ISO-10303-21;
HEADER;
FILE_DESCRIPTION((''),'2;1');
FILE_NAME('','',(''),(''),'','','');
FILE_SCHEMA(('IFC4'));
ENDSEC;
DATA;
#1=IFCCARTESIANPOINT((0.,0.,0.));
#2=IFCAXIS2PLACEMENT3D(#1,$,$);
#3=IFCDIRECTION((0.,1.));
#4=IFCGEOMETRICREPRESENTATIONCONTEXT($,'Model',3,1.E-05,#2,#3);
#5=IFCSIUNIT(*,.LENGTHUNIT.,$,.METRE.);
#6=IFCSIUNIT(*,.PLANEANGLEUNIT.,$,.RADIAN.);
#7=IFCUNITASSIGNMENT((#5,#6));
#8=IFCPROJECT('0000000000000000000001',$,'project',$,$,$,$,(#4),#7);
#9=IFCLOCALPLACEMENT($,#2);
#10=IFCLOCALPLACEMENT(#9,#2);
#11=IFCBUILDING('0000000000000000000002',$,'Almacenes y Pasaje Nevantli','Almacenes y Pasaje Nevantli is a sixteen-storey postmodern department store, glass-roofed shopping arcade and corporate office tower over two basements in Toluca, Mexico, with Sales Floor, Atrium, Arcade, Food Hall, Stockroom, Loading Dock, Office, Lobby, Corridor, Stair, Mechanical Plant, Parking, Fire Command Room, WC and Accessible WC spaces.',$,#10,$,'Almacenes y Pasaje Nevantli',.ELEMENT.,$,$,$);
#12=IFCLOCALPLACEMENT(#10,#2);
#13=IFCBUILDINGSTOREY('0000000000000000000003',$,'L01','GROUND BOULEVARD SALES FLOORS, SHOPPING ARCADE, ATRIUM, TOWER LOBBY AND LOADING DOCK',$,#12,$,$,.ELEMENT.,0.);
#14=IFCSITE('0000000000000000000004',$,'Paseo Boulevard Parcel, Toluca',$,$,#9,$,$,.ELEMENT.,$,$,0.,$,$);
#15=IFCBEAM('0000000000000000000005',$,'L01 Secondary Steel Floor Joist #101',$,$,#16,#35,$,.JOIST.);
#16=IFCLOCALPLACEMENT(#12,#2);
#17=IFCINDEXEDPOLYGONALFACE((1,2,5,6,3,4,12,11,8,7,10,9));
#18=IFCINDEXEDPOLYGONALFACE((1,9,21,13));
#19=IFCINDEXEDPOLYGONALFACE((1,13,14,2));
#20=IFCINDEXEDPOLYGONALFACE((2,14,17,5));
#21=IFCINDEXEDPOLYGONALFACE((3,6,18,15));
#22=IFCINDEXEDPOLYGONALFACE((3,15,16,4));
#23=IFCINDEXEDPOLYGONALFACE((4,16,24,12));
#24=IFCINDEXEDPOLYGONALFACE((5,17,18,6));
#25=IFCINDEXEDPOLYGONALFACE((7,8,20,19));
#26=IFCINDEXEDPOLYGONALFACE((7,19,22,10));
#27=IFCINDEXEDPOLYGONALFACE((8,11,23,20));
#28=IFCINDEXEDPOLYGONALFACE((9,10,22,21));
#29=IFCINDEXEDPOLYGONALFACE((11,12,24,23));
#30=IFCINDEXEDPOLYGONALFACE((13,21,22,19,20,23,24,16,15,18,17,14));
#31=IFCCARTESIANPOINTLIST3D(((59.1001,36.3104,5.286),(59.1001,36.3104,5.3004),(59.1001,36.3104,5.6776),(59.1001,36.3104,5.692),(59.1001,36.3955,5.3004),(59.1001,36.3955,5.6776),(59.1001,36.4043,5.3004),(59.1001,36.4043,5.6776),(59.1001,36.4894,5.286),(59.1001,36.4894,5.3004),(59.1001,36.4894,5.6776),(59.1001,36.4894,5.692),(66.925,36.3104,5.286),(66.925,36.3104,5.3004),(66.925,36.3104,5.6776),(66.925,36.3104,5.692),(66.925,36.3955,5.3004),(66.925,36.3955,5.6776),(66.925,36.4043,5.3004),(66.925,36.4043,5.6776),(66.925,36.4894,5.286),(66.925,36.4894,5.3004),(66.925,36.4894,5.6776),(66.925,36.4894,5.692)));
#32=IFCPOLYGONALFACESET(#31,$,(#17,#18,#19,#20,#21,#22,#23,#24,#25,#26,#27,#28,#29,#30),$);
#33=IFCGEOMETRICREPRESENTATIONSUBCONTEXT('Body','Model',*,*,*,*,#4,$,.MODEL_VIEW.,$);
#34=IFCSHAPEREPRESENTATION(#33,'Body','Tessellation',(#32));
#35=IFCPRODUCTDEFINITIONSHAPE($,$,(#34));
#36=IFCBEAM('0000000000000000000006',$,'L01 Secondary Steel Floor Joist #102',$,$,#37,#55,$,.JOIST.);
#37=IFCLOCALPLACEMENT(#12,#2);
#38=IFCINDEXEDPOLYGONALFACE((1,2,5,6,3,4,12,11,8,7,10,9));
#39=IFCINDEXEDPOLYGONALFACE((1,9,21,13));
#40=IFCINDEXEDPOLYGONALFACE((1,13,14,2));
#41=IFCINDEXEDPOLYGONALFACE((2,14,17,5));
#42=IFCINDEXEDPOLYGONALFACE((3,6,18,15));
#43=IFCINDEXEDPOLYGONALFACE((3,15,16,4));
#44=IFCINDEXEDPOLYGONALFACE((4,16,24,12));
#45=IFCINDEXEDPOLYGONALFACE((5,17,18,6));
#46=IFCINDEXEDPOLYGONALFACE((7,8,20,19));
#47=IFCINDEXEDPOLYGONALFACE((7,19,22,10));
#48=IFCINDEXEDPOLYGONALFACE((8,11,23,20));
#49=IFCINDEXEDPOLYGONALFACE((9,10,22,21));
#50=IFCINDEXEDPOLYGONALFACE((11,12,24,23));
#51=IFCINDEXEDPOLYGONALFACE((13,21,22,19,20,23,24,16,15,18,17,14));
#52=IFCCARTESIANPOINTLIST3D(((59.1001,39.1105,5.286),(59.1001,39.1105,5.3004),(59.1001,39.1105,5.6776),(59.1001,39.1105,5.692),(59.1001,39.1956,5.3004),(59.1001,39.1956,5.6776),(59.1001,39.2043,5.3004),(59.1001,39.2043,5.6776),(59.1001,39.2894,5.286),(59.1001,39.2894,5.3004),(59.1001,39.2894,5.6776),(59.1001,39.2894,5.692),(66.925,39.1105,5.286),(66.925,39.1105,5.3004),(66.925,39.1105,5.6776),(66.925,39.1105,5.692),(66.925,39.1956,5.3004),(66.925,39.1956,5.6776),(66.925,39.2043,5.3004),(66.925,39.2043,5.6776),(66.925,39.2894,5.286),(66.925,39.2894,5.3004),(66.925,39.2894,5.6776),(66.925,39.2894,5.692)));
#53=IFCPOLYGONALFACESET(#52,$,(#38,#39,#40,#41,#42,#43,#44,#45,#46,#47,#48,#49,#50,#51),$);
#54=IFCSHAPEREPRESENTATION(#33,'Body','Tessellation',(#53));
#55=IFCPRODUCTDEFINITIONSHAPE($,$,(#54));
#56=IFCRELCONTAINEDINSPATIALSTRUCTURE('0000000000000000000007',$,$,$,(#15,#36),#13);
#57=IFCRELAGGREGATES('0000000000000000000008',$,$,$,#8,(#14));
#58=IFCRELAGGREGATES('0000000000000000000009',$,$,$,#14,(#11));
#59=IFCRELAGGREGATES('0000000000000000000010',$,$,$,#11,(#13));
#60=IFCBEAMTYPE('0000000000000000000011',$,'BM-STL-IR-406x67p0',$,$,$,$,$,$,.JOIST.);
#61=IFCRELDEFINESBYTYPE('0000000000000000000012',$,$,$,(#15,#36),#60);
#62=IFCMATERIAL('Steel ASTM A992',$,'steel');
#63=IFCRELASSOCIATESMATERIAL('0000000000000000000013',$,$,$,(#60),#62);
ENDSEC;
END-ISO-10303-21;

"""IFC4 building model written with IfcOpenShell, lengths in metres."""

from ifc_helpers import new_model, si_unit, direction, frame, origin, origin_2d, place, context, subcontext, project, spatial, i_section, extrude, material, material_profile, profile_set, type_object, element, save


model = new_model("IFC4")

# Units and contexts
model_context = context("Model", 3, precision=1e-05, world=origin(), true_north=direction((0.0, 1.0)))
body_context = subcontext(model_context, "Body", "Model", "MODEL_VIEW")
ifc_project = project(units=[si_unit("LENGTHUNIT", "METRE"), si_unit("PLANEANGLEUNIT", "RADIAN")], contexts=[model_context])

# Site, building, storey
site_placement = place(None, origin())
site = spatial("IfcSite", under=ifc_project, at=site_placement, Name="Paseo Boulevard Parcel, Toluca", CompositionType="ELEMENT", RefElevation=0.0)
building_placement = place(site_placement, origin())
building = spatial("IfcBuilding", under=site, at=building_placement, Name="Almacenes y Pasaje Nevantli", Description="Almacenes y Pasaje Nevantli is a sixteen-storey postmodern department store, glass-roofed shopping arcade and corporate office tower over two basements in Toluca, Mexico, with Sales Floor, Atrium, Arcade, Food Hall, Stockroom, Loading Dock, Office, Lobby, Corridor, Stair, Mechanical Plant, Parking, Fire Command Room, WC and Accessible WC spaces.", LongName="Almacenes y Pasaje Nevantli", CompositionType="ELEMENT")
storey_placement = place(building_placement, origin())
storey = spatial("IfcBuildingStorey", under=building, at=storey_placement, Name="L01", Description="GROUND BOULEVARD SALES FLOORS, SHOPPING ARCADE, ATRIUM, TOWER LOBBY AND LOADING DOCK", CompositionType="ELEMENT", Elevation=0.0)

# Beams
ifc_material_1 = material(Name="Steel ASTM A992", Category="steel")
ifc_material_profile_1 = material_profile(ifc_material_1, i_section(OverallWidth=0.179, OverallDepth=0.406, WebThickness=0.0088, FlangeThickness=0.0144, at=origin_2d()), Name="IR 406x67.0")
ifc_profile_set_1 = profile_set([ifc_material_profile_1], Name="Steel ASTM A992")
beam_type_1 = type_object("IfcBeamType", Name="BM-STL-IR-406x67p0", PredefinedType="JOIST", material=ifc_profile_set_1)
for number, where, z_axis, x_axis, name in (
    (1, (59.1001, 36.3999, 5.489), (1.0, 0.0, 0.0), (0.0, 1.0, 0.0), "L01 Secondary Steel Floor Joist #101"),
    (2, (59.1001, 39.2, 5.489), (1.0, 0.0, 0.0), (0.0, 1.0, 0.0), "L01 Secondary Steel Floor Joist #102"),
):
    element("IfcBeam", number, at=place(storey_placement, frame(where, z_axis=z_axis, x_axis=x_axis)), inside=storey, type_object=beam_type_1, Name=name, PredefinedType="JOIST", context=body_context, shape_type="SweptSolid", body=[
        extrude(i_section(OverallWidth=0.179, OverallDepth=0.406, WebThickness=0.0088, FlangeThickness=0.0144, at=origin_2d()), origin(), (0.0, 0.0, 1.0), 7.825),
    ])

save(model, "model.ifc")
